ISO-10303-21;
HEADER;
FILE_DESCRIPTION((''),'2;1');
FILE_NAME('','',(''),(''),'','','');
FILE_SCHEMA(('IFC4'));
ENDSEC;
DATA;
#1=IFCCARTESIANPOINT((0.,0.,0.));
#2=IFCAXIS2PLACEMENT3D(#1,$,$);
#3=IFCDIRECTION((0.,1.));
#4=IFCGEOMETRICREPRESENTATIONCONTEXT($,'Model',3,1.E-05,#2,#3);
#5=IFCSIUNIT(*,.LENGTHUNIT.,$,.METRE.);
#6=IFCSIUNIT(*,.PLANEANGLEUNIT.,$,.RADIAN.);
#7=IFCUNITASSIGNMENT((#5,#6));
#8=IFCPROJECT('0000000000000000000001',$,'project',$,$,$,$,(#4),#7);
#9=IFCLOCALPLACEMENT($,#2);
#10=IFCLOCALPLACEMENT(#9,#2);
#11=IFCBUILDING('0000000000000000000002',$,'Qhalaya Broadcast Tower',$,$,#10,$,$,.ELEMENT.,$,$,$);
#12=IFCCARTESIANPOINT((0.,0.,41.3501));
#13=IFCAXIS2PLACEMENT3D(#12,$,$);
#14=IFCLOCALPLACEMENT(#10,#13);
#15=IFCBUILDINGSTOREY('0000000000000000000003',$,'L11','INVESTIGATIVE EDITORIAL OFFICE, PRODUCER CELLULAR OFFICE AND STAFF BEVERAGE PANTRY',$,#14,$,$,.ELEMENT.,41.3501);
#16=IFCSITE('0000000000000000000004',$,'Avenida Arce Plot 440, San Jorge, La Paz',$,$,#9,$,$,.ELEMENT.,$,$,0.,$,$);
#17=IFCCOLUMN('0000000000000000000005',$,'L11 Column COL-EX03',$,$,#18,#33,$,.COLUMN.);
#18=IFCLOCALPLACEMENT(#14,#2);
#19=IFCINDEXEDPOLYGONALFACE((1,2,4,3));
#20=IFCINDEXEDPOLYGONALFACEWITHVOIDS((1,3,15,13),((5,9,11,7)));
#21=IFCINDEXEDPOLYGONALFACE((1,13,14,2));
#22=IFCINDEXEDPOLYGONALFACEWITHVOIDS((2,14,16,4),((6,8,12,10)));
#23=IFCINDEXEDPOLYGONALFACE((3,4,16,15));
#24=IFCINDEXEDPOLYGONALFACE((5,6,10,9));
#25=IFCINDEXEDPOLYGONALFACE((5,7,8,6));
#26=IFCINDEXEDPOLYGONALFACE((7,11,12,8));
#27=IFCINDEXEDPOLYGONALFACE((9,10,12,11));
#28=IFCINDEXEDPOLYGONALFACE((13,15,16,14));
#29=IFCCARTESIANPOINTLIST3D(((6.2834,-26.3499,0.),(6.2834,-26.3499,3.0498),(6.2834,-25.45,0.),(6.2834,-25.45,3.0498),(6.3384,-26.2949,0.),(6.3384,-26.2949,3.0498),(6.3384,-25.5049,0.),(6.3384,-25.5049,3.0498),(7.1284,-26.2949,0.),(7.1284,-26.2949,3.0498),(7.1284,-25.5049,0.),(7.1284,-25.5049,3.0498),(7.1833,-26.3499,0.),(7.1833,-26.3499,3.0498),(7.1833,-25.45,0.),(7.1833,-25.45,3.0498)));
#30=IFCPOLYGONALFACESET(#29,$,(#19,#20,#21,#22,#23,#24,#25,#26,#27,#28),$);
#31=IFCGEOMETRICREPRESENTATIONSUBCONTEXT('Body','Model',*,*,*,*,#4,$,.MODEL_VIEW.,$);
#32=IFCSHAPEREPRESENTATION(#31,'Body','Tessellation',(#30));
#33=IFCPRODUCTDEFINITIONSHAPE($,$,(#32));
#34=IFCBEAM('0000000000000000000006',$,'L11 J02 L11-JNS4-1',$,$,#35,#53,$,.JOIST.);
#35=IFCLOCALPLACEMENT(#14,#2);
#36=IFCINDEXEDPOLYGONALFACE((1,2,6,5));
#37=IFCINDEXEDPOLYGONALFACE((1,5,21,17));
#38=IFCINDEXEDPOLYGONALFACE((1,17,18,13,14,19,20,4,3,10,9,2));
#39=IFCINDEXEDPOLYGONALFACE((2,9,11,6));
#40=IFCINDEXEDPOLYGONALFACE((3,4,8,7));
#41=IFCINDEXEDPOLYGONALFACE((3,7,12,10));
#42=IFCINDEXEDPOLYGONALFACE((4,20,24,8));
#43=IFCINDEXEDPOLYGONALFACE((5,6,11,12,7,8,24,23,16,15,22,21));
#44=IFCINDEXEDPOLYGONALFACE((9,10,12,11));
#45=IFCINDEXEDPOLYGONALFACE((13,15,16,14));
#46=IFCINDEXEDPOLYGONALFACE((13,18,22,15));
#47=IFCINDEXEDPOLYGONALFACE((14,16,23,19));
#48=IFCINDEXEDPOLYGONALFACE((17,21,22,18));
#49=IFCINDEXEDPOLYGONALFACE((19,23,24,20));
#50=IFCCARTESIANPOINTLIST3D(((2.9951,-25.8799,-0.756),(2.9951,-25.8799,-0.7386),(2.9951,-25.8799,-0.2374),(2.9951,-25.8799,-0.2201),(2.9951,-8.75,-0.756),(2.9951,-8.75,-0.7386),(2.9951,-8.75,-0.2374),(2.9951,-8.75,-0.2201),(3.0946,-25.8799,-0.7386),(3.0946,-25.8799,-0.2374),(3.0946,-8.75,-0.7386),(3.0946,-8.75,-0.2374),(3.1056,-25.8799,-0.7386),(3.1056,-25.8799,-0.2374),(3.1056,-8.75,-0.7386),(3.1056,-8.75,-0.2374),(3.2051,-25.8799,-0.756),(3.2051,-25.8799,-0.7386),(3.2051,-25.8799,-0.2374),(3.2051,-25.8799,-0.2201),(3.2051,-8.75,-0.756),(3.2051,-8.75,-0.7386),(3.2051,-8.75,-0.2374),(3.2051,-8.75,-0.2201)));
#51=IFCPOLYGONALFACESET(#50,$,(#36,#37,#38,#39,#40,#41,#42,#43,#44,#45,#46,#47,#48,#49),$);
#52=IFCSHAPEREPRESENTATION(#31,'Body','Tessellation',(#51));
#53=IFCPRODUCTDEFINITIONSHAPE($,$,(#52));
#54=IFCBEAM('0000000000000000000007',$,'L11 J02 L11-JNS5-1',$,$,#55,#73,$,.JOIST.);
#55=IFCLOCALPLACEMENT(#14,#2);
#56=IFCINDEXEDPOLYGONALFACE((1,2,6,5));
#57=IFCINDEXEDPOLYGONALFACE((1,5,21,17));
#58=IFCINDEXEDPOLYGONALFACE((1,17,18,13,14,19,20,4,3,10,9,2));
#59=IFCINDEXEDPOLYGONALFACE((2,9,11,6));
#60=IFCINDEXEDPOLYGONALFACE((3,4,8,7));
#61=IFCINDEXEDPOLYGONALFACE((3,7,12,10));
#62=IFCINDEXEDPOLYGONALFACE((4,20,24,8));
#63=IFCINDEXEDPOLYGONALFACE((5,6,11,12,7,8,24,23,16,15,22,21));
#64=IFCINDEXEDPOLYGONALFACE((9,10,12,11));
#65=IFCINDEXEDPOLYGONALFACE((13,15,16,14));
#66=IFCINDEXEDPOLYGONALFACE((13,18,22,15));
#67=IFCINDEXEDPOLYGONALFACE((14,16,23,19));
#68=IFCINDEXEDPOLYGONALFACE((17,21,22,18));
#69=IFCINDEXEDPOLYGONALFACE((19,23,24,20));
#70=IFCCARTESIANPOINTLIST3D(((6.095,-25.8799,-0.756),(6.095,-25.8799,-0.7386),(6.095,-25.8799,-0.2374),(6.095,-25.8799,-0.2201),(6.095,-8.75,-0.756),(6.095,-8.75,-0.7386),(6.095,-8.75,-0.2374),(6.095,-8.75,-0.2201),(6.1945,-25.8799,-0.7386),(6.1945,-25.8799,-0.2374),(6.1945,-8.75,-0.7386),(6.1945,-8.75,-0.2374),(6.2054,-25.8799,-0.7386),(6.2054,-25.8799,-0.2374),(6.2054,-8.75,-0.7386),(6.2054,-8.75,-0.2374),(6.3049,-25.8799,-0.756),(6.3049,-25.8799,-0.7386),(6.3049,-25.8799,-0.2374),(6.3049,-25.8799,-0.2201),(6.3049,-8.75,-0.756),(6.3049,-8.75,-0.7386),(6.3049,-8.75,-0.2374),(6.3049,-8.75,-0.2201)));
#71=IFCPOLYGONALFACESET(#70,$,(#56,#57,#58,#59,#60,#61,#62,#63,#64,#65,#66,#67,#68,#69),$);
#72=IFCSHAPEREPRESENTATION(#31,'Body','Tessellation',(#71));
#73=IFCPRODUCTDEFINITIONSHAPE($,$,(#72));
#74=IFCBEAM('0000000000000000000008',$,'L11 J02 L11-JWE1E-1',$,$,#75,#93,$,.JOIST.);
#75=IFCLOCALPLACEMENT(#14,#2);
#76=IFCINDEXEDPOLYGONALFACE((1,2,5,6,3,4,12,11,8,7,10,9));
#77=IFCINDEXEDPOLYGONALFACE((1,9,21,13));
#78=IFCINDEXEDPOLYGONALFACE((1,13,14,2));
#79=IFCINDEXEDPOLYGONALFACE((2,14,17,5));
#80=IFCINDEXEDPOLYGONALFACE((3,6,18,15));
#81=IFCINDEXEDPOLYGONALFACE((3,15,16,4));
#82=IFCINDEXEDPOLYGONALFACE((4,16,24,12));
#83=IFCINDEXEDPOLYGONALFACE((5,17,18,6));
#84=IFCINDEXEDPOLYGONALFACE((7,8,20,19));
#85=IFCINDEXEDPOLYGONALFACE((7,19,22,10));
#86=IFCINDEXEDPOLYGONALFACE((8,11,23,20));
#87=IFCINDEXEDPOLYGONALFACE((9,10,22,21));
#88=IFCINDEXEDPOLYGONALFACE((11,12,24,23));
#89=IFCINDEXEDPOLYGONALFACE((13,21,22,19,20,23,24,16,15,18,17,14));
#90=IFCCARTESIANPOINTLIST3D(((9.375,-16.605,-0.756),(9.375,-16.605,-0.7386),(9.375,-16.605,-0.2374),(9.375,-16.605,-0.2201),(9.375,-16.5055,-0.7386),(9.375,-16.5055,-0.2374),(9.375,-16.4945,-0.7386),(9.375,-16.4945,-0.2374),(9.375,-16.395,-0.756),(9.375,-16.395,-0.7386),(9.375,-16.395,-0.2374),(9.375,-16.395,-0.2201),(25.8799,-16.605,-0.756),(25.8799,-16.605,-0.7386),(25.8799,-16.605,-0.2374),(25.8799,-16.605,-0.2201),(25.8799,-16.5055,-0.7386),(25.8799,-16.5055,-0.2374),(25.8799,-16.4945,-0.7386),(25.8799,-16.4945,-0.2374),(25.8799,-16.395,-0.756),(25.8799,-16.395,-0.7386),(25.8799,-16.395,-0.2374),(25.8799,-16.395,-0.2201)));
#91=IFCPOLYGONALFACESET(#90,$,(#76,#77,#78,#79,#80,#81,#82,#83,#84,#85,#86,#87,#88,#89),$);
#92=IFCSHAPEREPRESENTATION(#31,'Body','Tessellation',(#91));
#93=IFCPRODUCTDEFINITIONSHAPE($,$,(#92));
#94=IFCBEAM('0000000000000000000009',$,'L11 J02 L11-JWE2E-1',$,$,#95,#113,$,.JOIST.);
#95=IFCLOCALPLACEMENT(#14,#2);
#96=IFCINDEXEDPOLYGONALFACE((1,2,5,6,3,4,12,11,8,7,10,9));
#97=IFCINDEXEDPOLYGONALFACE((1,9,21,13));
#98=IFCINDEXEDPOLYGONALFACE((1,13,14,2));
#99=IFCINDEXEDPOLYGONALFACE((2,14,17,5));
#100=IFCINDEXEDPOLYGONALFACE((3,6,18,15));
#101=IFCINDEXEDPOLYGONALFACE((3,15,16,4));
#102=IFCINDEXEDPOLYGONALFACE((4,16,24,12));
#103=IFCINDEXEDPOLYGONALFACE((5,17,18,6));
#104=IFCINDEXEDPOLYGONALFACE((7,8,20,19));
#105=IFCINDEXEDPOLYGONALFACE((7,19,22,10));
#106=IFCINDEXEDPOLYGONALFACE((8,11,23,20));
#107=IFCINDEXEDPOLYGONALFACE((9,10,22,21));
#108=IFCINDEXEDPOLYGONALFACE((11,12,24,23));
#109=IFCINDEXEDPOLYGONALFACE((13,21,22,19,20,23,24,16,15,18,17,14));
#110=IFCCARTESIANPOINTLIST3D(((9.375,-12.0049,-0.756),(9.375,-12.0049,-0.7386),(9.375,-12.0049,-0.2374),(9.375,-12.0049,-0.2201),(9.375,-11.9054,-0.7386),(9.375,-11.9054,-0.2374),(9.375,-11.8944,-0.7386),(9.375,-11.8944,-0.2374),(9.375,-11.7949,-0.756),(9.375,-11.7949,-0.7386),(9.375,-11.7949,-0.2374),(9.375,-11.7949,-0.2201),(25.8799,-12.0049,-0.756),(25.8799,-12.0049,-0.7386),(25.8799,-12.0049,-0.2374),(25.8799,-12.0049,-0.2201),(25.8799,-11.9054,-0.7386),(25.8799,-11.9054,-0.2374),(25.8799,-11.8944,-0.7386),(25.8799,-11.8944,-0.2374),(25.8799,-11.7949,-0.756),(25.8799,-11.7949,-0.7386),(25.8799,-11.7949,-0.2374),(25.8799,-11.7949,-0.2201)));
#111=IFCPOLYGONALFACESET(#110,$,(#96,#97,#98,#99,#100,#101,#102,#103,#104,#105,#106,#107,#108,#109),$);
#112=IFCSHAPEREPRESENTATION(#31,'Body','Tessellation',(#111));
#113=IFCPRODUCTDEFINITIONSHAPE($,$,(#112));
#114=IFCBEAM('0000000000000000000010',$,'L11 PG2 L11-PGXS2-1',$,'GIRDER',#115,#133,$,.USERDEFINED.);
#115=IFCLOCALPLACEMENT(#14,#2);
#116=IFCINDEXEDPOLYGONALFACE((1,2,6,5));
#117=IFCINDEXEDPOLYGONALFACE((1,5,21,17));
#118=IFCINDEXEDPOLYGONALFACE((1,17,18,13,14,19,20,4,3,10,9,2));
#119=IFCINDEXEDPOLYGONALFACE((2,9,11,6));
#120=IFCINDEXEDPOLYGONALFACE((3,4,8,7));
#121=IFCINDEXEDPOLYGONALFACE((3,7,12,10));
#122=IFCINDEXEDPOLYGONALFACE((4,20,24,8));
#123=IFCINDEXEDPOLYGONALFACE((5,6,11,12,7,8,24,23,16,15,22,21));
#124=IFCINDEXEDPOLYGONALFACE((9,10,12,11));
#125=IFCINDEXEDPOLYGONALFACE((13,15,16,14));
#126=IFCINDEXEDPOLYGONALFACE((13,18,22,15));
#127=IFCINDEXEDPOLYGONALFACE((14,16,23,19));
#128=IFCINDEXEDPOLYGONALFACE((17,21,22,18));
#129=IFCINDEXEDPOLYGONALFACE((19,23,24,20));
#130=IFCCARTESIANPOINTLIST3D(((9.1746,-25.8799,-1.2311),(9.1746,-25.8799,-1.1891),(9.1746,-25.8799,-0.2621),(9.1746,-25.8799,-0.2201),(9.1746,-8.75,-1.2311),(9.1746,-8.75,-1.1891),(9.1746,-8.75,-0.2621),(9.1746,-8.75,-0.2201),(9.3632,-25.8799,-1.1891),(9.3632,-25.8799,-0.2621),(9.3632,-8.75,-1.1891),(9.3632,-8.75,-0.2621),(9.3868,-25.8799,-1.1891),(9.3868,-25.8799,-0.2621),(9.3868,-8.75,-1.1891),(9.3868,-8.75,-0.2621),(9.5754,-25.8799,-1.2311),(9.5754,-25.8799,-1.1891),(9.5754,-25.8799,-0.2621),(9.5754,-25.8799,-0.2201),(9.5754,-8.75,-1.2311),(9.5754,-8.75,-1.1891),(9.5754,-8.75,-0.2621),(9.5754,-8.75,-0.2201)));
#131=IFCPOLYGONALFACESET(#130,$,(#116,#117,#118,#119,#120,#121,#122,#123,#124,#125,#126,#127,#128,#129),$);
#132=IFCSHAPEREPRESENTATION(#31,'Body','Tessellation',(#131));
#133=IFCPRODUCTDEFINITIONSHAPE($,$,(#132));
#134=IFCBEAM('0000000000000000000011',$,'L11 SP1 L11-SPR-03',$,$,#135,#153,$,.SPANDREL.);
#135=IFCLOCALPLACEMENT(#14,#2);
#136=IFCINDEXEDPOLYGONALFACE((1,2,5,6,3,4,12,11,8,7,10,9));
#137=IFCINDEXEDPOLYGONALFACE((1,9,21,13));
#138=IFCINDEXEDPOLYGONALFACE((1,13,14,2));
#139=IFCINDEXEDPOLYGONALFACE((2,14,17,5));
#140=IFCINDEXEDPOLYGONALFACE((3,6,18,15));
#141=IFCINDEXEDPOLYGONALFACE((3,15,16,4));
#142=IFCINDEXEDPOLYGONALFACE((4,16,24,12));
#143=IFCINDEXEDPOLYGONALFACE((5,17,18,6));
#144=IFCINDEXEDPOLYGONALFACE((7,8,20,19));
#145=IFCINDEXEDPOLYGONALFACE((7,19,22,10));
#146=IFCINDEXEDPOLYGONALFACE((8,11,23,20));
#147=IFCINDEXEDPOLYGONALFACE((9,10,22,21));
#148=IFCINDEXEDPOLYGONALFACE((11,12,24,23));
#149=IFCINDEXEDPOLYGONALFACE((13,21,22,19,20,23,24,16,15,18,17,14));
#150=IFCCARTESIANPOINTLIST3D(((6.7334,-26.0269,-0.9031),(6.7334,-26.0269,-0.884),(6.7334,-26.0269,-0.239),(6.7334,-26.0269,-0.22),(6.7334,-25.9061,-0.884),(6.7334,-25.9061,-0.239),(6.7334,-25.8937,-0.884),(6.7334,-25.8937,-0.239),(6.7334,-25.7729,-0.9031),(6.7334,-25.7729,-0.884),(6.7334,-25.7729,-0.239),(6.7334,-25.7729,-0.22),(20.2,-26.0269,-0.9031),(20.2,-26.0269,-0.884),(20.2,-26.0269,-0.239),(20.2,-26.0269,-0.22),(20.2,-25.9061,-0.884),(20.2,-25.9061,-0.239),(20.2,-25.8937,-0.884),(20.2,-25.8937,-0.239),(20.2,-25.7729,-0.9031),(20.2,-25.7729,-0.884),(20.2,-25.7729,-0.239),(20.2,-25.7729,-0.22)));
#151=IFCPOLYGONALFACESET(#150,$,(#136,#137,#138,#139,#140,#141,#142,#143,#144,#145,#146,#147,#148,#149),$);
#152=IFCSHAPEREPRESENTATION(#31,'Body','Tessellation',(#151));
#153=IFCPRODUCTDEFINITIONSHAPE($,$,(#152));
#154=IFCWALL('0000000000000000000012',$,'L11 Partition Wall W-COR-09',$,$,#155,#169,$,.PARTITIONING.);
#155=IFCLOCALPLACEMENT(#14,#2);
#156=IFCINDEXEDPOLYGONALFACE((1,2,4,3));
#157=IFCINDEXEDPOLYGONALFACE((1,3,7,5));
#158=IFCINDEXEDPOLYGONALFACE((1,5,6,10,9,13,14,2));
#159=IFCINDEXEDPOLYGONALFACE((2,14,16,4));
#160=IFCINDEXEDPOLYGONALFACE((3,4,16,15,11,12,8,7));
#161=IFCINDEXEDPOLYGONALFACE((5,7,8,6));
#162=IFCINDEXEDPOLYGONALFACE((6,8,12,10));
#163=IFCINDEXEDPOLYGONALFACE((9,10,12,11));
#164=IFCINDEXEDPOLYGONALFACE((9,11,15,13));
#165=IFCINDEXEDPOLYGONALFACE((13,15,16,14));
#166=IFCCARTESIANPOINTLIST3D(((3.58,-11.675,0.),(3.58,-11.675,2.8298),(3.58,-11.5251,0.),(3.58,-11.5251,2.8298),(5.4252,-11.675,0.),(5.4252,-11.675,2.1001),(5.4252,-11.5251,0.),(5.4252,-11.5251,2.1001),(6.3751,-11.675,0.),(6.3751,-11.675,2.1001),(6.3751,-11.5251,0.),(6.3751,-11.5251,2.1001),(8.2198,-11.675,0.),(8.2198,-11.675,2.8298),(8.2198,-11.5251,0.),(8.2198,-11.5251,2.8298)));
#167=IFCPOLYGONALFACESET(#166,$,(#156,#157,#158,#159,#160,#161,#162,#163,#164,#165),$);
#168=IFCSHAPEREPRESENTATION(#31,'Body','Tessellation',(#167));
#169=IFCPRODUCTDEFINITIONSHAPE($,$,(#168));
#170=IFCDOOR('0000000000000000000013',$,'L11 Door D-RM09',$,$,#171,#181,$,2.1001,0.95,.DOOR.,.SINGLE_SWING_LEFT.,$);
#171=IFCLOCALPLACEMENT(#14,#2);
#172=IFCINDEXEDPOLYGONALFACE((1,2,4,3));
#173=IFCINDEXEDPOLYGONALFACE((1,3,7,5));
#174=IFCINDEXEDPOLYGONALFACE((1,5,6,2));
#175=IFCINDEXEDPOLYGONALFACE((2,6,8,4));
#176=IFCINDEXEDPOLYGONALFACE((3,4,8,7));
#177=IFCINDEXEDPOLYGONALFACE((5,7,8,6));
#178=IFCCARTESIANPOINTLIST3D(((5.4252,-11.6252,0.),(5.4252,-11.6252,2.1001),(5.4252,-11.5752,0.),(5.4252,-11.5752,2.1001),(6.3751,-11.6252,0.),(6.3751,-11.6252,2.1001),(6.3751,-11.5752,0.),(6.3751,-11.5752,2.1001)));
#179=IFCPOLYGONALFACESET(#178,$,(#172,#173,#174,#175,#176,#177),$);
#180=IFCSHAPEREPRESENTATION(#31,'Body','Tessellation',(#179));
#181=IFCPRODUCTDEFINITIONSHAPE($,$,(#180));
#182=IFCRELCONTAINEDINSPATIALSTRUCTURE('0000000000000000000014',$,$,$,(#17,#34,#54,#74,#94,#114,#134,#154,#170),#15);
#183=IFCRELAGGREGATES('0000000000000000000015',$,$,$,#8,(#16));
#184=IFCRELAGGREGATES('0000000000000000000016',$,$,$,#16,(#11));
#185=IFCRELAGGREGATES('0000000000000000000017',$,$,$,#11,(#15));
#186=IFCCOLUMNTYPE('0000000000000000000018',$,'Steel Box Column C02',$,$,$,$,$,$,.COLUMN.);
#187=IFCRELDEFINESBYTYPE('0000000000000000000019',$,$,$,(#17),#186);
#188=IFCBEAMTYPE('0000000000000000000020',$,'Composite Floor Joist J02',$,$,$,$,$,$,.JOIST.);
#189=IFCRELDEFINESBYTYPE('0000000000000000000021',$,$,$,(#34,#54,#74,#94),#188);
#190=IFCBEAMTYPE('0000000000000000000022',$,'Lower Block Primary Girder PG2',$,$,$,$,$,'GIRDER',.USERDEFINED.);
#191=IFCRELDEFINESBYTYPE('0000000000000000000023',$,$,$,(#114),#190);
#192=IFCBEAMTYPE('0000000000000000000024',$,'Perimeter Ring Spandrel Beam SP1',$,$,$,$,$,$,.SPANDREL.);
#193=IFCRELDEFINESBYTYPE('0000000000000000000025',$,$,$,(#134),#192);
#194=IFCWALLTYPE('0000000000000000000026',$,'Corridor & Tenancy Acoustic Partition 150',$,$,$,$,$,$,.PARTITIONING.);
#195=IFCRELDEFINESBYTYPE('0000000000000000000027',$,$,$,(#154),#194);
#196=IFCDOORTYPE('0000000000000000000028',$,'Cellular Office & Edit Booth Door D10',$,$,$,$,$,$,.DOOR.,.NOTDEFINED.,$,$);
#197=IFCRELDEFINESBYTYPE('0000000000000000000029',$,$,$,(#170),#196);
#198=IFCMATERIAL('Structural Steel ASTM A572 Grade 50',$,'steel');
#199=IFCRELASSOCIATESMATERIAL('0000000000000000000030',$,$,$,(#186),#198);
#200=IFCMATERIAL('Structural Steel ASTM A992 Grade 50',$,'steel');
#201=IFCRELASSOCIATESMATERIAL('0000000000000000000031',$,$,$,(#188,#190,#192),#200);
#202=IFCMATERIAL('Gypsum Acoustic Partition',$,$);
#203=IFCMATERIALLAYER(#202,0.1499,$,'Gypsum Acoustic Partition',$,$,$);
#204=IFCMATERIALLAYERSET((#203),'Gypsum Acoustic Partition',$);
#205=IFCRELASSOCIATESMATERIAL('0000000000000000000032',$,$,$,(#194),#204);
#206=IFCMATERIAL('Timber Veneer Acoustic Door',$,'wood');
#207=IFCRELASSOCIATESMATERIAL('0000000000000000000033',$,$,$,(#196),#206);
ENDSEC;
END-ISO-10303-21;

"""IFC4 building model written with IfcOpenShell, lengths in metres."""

from ifc_helpers import new_model, si_unit, direction, frame, frame_2d, origin, origin_2d, place, context, subcontext, project, spatial, rectangle, hollow_rectangle, i_section, extrude, material, layer, layer_set, material_profile, profile_set, type_object, element, fill, save


model = new_model("IFC4")

# Units and contexts
model_context = context("Model", 3, precision=1e-05, world=origin(), true_north=direction((0.0, 1.0)))
body_context = subcontext(model_context, "Body", "Model", "MODEL_VIEW")
ifc_project = project(units=[si_unit("LENGTHUNIT", "METRE"), si_unit("PLANEANGLEUNIT", "RADIAN")], contexts=[model_context])

# Site, building, storey
site_placement = place(None, origin())
site = spatial("IfcSite", under=ifc_project, at=site_placement, Name="Avenida Arce Plot 440, San Jorge, La Paz", CompositionType="ELEMENT", RefElevation=0.0)
building_placement = place(site_placement, origin())
building = spatial("IfcBuilding", under=site, at=building_placement, Name="Qhalaya Broadcast Tower", CompositionType="ELEMENT")
storey_placement = place(building_placement, frame((0.0, 0.0, 41.3501)))
storey = spatial("IfcBuildingStorey", under=building, at=storey_placement, Name="L11", Description="INVESTIGATIVE EDITORIAL OFFICE, PRODUCER CELLULAR OFFICE AND STAFF BEVERAGE PANTRY", CompositionType="ELEMENT", Elevation=41.3501)

# Column
ifc_material_1 = material(Name="Structural Steel ASTM A572 Grade 50", Category="steel")
ifc_material_profile_1 = material_profile(ifc_material_1, hollow_rectangle(XDim=0.8999, YDim=0.8999, WallThickness=0.0549, at=origin_2d()), Name="BOX 900x900x55")
ifc_profile_set_1 = profile_set([ifc_material_profile_1], Name="Structural Steel ASTM A572 Grade 50")
column_type = type_object("IfcColumnType", Name="Steel Box Column C02", PredefinedType="COLUMN", material=ifc_profile_set_1)
column_placement = place(storey_placement, frame((6.7334, -25.8999, 0.0), z_axis=(0.0, 0.0, 1.0), x_axis=(1.0, 0.0, 0.0)))
element("IfcColumn", 1, at=column_placement, inside=storey, type_object=column_type, Name="L11 Column COL-EX03", PredefinedType="COLUMN", context=body_context, shape_type="SweptSolid", body=[
    extrude(hollow_rectangle(XDim=0.8999, YDim=0.8999, WallThickness=0.0549, at=origin_2d()), origin(), (0.0, 0.0, 1.0), 3.0498),
])

# Beams
ifc_material_2 = material(Name="Structural Steel ASTM A992 Grade 50", Category="steel")
ifc_material_profile_2 = material_profile(ifc_material_2, i_section(OverallWidth=0.21, OverallDepth=0.5359, WebThickness=0.011, FlangeThickness=0.0173, at=origin_2d()), Name="W21X68")
ifc_profile_set_2 = profile_set([ifc_material_profile_2], Name="Structural Steel ASTM A992 Grade 50")
beam_type_1 = type_object("IfcBeamType", Name="Composite Floor Joist J02", PredefinedType="JOIST", material=ifc_profile_set_2)
for number, where, z_axis, x_axis, name in (
    (2, (3.1001, -25.8799, -0.488), (0.0, 1.0, 0.0), (-1.0, 0.0, 0.0), "L11 J02 L11-JNS4-1"),
    (3, (6.2, -25.8799, -0.488), (0.0, 1.0, 0.0), (-1.0, 0.0, 0.0), "L11 J02 L11-JNS5-1"),
):
    element("IfcBeam", number, at=place(storey_placement, frame(where, z_axis=z_axis, x_axis=x_axis)), inside=storey, type_object=beam_type_1, Name=name, PredefinedType="JOIST", context=body_context, shape_type="SweptSolid", body=[
        extrude(i_section(OverallWidth=0.21, OverallDepth=0.5359, WebThickness=0.011, FlangeThickness=0.0173, at=origin_2d()), origin(), (0.0, 0.0, 1.0), 17.1299),
    ])
for number, where, z_axis, x_axis, name in (
    (4, (9.375, -16.5, -0.488), (1.0, 0.0, 0.0), (0.0, 1.0, 0.0), "L11 J02 L11-JWE1E-1"),
    (5, (9.375, -11.8999, -0.488), (1.0, 0.0, 0.0), (0.0, 1.0, 0.0), "L11 J02 L11-JWE2E-1"),
):
    element("IfcBeam", number, at=place(storey_placement, frame(where, z_axis=z_axis, x_axis=x_axis)), inside=storey, type_object=beam_type_1, Name=name, PredefinedType="JOIST", context=body_context, shape_type="SweptSolid", body=[
        extrude(i_section(OverallWidth=0.21, OverallDepth=0.5359, WebThickness=0.011, FlangeThickness=0.0173, at=origin_2d()), origin(), (0.0, 0.0, 1.0), 16.5049),
    ])
ifc_material_profile_3 = material_profile(ifc_material_2, i_section(OverallWidth=0.4009, OverallDepth=1.011, WebThickness=0.0237, FlangeThickness=0.042, at=origin_2d()), Name="W40X297")
ifc_profile_set_3 = profile_set([ifc_material_profile_3], Name="Structural Steel ASTM A992 Grade 50")
beam_type_2 = type_object("IfcBeamType", Name="Lower Block Primary Girder PG2", ElementType="GIRDER", PredefinedType="USERDEFINED", material=ifc_profile_set_3)
beam_1_placement = place(storey_placement, frame((9.375, -25.8799, -0.7256), z_axis=(0.0, 1.0, 0.0), x_axis=(-1.0, 0.0, 0.0)))
element("IfcBeam", 6, at=beam_1_placement, inside=storey, type_object=beam_type_2, Name="L11 PG2 L11-PGXS2-1", ObjectType="GIRDER", PredefinedType="USERDEFINED", context=body_context, shape_type="SweptSolid", body=[
    extrude(i_section(OverallWidth=0.4009, OverallDepth=1.011, WebThickness=0.0237, FlangeThickness=0.042, at=origin_2d()), origin(), (0.0, 0.0, 1.0), 17.1299),
])
ifc_material_profile_4 = material_profile(ifc_material_2, i_section(OverallWidth=0.2539, OverallDepth=0.6831, WebThickness=0.0125, FlangeThickness=0.019, at=origin_2d()), Name="W27X94")
ifc_profile_set_4 = profile_set([ifc_material_profile_4], Name="Structural Steel ASTM A992 Grade 50")
beam_type_3 = type_object("IfcBeamType", Name="Perimeter Ring Spandrel Beam SP1", PredefinedType="SPANDREL", material=ifc_profile_set_4)
beam_2_placement = place(storey_placement, frame((6.7334, -25.8999, -0.5615), z_axis=(1.0, 0.0, 0.0), x_axis=(0.0, 1.0, 0.0)))
element("IfcBeam", 7, at=beam_2_placement, inside=storey, type_object=beam_type_3, Name="L11 SP1 L11-SPR-03", PredefinedType="SPANDREL", context=body_context, shape_type="SweptSolid", body=[
    extrude(i_section(OverallWidth=0.2539, OverallDepth=0.6831, WebThickness=0.0125, FlangeThickness=0.019, at=origin_2d()), origin(), (0.0, 0.0, 1.0), 13.4666),
])

# Wall, opening, door
ifc_material_3 = material(Name="Gypsum Acoustic Partition")
ifc_layer_1 = layer(ifc_material_3, 0.1499, Name="Gypsum Acoustic Partition")
ifc_layer_set_1 = layer_set([ifc_layer_1], Name="Gypsum Acoustic Partition")
wall_type_1 = type_object("IfcWallType", Name="Corridor & Tenancy Acoustic Partition 150", PredefinedType="PARTITIONING", material=ifc_layer_set_1)
wall_1_placement = place(storey_placement, frame((3.5801, -11.6001, 0.0), z_axis=(0.0, 0.0, 1.0), x_axis=(1.0, 0.0, 0.0)))
wall_1 = element("IfcWall", 8, at=wall_1_placement, inside=storey, type_object=wall_type_1, Name="L11 Partition Wall W-COR-09", PredefinedType="PARTITIONING", context=body_context, shape_type="SweptSolid", body=[
    extrude(rectangle(XDim=4.6399, YDim=0.1499, at=frame_2d((2.3198, 0.0))), origin(), (0.0, 0.0, 1.0), 2.8298),
])
opening_1_placement = place(wall_1_placement, frame((1.845, 0.0, 0.0)))
opening_1 = element("IfcOpeningElement", 9, at=opening_1_placement, cuts=wall_1, PredefinedType="OPENING", context=body_context, shape_type="SweptSolid", body=[
    extrude(rectangle(XDim=0.95, YDim=2.1001, at=frame_2d((0.4751, 1.05))), frame((0.0, 0.0869, 0.0), z_axis=(0.0, -1.0, 0.0), x_axis=(1.0, 0.0, 0.0)), (0.0, 0.0, 1.0), 0.1738),
])
ifc_material_4 = material(Name="Timber Veneer Acoustic Door", Category="wood")
door_type = type_object("IfcDoorType", Name="Cellular Office & Edit Booth Door D10", OperationType="NOTDEFINED", PredefinedType="DOOR", material=ifc_material_4)
door_placement = place(opening_1_placement, origin())
door = element("IfcDoor", 10, at=door_placement, inside=storey, type_object=door_type, Name="L11 Door D-RM09", OperationType="SINGLE_SWING_LEFT", OverallHeight=2.1001, OverallWidth=0.95, PredefinedType="DOOR", context=body_context, shape_type="SweptSolid", body=[
    extrude(rectangle(XDim=0.95, YDim=2.1001, at=frame_2d((0.4751, 1.05))), frame((0.0, 0.0249, 0.0), z_axis=(0.0, -1.0, 0.0), x_axis=(1.0, 0.0, 0.0)), (0.0, 0.0, 1.0), 0.05),
])
fill(opening_1, door)

save(model, "model.ifc")
